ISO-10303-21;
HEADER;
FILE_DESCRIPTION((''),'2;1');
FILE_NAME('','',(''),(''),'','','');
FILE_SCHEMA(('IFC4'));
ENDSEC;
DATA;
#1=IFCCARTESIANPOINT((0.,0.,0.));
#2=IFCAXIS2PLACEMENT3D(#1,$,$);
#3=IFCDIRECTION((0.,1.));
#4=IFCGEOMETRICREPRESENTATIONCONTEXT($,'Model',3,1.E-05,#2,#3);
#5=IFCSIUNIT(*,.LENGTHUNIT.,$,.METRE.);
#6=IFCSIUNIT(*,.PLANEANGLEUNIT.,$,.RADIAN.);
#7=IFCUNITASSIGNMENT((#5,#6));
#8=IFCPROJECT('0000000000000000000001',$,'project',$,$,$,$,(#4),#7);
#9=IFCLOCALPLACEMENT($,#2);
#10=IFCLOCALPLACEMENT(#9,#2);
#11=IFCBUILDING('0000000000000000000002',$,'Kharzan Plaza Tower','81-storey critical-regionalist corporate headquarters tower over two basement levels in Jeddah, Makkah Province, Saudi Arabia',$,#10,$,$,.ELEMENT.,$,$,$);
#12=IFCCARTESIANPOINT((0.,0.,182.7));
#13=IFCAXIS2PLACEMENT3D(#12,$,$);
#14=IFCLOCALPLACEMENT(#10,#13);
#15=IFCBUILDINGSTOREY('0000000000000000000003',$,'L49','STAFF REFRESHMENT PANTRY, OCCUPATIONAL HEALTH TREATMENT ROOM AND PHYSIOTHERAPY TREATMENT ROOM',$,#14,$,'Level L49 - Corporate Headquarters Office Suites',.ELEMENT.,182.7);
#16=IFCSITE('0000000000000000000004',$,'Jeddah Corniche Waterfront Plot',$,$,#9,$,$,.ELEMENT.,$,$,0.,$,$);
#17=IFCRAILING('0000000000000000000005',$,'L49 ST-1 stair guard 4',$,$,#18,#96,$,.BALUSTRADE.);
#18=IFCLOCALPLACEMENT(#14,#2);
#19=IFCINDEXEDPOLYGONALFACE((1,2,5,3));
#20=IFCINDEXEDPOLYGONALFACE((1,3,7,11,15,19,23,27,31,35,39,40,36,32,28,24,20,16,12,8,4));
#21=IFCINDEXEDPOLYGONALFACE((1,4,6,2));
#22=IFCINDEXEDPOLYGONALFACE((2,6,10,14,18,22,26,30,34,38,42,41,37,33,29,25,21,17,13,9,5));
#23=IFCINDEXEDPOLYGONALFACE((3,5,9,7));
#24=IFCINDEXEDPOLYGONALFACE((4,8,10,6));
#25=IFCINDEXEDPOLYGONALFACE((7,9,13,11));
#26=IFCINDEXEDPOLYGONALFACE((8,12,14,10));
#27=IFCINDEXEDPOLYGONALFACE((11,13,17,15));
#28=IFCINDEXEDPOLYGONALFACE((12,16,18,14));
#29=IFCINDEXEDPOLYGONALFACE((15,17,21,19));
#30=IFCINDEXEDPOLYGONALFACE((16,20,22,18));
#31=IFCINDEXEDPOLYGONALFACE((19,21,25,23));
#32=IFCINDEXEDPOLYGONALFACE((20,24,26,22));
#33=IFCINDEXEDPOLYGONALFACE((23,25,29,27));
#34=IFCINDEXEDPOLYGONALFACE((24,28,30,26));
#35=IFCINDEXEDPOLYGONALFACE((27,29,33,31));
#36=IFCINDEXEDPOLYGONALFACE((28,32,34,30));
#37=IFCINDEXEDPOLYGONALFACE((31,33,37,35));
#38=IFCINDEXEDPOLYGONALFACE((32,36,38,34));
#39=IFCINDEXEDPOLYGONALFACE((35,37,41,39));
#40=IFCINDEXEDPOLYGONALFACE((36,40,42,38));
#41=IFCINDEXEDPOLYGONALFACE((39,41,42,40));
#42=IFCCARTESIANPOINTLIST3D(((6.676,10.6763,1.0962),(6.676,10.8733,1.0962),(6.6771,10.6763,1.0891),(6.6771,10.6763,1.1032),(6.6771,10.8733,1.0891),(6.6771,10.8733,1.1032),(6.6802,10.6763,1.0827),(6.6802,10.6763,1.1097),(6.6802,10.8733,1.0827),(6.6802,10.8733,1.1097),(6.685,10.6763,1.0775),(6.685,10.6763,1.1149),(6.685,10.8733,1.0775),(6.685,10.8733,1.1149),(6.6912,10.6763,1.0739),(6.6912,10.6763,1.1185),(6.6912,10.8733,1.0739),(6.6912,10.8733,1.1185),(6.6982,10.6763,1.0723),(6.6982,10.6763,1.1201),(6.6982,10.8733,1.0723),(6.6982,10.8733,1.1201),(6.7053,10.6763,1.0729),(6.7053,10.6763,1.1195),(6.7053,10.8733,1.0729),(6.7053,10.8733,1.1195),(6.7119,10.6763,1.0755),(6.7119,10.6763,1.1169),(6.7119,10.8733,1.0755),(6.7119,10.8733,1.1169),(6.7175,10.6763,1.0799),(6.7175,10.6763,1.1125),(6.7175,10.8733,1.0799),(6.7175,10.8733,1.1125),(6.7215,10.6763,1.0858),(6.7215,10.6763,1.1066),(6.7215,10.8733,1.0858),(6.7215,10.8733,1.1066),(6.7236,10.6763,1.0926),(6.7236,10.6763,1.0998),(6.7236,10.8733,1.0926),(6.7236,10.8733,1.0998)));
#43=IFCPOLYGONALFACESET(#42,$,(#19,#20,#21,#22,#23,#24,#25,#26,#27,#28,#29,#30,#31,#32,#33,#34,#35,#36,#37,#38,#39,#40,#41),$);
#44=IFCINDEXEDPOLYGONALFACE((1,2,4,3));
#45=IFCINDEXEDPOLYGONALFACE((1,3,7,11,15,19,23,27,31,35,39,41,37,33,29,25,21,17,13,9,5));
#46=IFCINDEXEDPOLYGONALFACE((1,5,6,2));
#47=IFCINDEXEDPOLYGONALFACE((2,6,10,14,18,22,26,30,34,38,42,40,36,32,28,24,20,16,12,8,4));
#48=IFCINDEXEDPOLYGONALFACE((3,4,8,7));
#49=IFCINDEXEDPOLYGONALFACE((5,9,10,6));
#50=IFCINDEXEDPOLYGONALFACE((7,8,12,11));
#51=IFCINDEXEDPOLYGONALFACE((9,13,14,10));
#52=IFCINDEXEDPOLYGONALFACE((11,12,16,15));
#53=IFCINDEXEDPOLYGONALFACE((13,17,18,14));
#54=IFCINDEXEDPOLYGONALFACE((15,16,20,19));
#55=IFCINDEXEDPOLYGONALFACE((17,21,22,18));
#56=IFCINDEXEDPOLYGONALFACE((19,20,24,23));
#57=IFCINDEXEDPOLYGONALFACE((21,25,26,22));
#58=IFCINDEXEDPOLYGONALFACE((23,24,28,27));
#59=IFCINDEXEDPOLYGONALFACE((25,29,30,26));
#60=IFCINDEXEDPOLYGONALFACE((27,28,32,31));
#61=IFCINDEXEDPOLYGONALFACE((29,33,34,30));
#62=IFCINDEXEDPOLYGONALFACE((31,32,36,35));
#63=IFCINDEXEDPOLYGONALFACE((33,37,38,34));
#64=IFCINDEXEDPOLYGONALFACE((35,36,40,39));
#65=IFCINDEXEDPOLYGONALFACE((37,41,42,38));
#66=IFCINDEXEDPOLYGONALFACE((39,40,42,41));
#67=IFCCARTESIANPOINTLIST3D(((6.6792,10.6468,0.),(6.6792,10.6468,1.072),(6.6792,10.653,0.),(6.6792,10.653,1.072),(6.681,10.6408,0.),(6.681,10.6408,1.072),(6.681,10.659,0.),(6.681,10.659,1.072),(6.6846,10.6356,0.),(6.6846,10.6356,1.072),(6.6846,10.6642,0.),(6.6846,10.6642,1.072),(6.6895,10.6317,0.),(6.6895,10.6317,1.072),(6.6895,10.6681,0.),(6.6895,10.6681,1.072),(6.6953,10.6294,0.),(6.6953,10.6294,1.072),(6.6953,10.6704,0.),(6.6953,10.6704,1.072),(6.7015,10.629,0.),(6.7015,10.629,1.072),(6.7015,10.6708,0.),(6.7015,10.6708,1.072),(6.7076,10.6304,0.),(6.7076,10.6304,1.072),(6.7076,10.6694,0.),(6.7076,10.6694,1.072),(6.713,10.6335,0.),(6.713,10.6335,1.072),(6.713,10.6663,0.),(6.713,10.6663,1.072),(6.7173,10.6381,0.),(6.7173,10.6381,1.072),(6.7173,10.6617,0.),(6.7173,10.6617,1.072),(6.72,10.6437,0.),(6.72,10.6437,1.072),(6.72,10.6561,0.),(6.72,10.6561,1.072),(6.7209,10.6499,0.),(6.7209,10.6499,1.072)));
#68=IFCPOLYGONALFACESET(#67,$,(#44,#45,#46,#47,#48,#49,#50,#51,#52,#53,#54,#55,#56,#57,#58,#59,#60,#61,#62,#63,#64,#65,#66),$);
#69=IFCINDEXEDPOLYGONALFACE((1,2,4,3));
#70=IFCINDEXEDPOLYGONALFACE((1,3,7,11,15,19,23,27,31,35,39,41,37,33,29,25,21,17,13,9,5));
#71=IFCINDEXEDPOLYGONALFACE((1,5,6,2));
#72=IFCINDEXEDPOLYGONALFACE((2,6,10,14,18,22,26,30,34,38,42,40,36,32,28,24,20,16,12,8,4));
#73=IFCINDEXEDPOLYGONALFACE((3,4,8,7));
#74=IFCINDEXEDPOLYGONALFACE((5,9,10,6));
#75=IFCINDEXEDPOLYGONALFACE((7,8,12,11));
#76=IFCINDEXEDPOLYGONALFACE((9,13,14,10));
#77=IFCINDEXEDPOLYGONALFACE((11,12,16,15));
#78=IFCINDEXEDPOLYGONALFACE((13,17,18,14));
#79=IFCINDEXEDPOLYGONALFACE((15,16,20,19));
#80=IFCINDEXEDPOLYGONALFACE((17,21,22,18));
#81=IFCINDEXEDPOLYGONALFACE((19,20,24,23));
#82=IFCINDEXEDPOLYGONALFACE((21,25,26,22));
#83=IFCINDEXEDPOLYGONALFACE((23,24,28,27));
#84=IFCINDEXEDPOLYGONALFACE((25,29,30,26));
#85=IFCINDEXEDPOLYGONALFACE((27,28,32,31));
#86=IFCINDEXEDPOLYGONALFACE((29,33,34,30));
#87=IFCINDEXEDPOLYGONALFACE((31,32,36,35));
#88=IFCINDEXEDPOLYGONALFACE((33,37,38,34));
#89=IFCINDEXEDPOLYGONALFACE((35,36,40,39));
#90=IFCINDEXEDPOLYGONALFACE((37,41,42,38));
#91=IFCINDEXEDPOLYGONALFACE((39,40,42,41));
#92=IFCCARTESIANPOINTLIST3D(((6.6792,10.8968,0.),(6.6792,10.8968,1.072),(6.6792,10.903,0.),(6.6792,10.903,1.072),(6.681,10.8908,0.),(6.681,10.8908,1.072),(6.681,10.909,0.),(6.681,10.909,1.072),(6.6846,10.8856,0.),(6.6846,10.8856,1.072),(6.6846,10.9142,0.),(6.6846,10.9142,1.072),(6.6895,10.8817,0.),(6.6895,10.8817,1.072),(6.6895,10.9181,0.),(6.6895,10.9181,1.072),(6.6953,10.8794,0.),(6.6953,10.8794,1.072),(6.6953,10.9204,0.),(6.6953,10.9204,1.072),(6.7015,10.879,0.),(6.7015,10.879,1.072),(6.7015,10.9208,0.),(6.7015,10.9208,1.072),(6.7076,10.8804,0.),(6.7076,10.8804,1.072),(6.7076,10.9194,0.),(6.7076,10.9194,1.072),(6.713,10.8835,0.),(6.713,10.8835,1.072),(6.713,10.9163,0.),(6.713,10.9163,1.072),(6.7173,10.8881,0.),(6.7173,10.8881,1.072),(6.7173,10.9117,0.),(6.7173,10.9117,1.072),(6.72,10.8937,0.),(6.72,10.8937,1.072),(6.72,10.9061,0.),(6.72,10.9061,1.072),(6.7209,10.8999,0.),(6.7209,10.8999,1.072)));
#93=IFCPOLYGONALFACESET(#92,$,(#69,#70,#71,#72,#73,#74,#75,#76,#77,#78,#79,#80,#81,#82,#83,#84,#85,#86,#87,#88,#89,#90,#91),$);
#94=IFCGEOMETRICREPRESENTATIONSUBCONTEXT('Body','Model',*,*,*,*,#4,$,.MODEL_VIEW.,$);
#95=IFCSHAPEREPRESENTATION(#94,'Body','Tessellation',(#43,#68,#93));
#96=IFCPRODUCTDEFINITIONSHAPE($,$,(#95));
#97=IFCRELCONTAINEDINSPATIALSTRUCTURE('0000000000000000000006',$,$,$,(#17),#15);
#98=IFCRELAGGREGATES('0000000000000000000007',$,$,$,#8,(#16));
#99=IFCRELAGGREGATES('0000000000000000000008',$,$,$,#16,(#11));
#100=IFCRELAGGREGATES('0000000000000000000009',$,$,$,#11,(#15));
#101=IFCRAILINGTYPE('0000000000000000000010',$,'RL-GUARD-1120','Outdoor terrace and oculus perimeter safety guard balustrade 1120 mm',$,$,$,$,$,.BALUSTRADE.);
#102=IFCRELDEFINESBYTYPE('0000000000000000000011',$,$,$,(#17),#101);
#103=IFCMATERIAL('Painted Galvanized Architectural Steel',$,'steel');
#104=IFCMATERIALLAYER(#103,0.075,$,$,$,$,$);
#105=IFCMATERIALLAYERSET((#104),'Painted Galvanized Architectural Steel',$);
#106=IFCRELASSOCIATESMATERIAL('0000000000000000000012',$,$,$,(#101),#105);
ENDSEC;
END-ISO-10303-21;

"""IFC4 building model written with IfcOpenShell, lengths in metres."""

from ifc_helpers import new_model, si_unit, direction, frame, origin, origin_2d, place, context, subcontext, project, spatial, circle, extrude, source, transform, mapped, material, layer, layer_set, type_object, element, save


model = new_model("IFC4")

# Units and contexts
model_context = context("Model", 3, precision=1e-05, world=origin(), true_north=direction((0.0, 1.0)))
body_context = subcontext(model_context, "Body", "Model", "MODEL_VIEW")
ifc_project = project(units=[si_unit("LENGTHUNIT", "METRE"), si_unit("PLANEANGLEUNIT", "RADIAN")], contexts=[model_context])

# Site, building, storey
site_placement = place(None, origin())
site = spatial("IfcSite", under=ifc_project, at=site_placement, Name="Jeddah Corniche Waterfront Plot", CompositionType="ELEMENT", RefElevation=0.0)
building_placement = place(site_placement, origin())
building = spatial("IfcBuilding", under=site, at=building_placement, Name="Kharzan Plaza Tower", Description="81-storey critical-regionalist corporate headquarters tower over two basement levels in Jeddah, Makkah Province, Saudi Arabia", CompositionType="ELEMENT")
storey_placement = place(building_placement, frame((0.0, 0.0, 182.7)))
storey = spatial("IfcBuildingStorey", under=building, at=storey_placement, Name="L49", Description="STAFF REFRESHMENT PANTRY, OCCUPATIONAL HEALTH TREATMENT ROOM AND PHYSIOTHERAPY TREATMENT ROOM", LongName="Level L49 - Corporate Headquarters Office Suites", CompositionType="ELEMENT", Elevation=182.7)

# Railing
ifc_material_1 = material(Name="Painted Galvanized Architectural Steel", Category="steel")
ifc_layer_1 = layer(ifc_material_1, 0.075)
ifc_layer_set_1 = layer_set([ifc_layer_1], Name="Painted Galvanized Architectural Steel")
railing_type = type_object("IfcRailingType", Name="RL-GUARD-1120", Description="Outdoor terrace and oculus perimeter safety guard balustrade 1120 mm", PredefinedType="BALUSTRADE", material=ifc_layer_set_1)
shared_shape_1 = source(origin(), body_context, "Body", "SweptSolid", [
    extrude(circle(Radius=0.0239, at=origin_2d()), frame((0.0, 0.0264, 1.0962), z_axis=(0.0, 1.0, 0.0), x_axis=(-1.0, 0.0, 0.0)), (0.0, 0.0, 1.0), 0.197),
    extrude(circle(Radius=0.021, at=origin_2d()), origin(), (0.0, 0.0, 1.0), 1.072),
    extrude(circle(Radius=0.021, at=origin_2d()), frame((0.0, 0.25, 0.0)), (0.0, 0.0, 1.0), 1.072),
])
railing_1_placement = place(storey_placement, frame((6.7, 10.6499, 0.0)))
element("IfcRailing", 1, at=railing_1_placement, inside=storey, type_object=railing_type, Name="L49 ST-1 stair guard 4", PredefinedType="BALUSTRADE", context=body_context, shape_type="MappedRepresentation", body=[
    mapped(shared_shape_1, transform((0.0, 0.0, 0.0), x_axis=(1.0, 0.0, 0.0), y_axis=(0.0, 1.0, 0.0), z_axis=(0.0, 0.0, 1.0))),
])

save(model, "model.ifc")
